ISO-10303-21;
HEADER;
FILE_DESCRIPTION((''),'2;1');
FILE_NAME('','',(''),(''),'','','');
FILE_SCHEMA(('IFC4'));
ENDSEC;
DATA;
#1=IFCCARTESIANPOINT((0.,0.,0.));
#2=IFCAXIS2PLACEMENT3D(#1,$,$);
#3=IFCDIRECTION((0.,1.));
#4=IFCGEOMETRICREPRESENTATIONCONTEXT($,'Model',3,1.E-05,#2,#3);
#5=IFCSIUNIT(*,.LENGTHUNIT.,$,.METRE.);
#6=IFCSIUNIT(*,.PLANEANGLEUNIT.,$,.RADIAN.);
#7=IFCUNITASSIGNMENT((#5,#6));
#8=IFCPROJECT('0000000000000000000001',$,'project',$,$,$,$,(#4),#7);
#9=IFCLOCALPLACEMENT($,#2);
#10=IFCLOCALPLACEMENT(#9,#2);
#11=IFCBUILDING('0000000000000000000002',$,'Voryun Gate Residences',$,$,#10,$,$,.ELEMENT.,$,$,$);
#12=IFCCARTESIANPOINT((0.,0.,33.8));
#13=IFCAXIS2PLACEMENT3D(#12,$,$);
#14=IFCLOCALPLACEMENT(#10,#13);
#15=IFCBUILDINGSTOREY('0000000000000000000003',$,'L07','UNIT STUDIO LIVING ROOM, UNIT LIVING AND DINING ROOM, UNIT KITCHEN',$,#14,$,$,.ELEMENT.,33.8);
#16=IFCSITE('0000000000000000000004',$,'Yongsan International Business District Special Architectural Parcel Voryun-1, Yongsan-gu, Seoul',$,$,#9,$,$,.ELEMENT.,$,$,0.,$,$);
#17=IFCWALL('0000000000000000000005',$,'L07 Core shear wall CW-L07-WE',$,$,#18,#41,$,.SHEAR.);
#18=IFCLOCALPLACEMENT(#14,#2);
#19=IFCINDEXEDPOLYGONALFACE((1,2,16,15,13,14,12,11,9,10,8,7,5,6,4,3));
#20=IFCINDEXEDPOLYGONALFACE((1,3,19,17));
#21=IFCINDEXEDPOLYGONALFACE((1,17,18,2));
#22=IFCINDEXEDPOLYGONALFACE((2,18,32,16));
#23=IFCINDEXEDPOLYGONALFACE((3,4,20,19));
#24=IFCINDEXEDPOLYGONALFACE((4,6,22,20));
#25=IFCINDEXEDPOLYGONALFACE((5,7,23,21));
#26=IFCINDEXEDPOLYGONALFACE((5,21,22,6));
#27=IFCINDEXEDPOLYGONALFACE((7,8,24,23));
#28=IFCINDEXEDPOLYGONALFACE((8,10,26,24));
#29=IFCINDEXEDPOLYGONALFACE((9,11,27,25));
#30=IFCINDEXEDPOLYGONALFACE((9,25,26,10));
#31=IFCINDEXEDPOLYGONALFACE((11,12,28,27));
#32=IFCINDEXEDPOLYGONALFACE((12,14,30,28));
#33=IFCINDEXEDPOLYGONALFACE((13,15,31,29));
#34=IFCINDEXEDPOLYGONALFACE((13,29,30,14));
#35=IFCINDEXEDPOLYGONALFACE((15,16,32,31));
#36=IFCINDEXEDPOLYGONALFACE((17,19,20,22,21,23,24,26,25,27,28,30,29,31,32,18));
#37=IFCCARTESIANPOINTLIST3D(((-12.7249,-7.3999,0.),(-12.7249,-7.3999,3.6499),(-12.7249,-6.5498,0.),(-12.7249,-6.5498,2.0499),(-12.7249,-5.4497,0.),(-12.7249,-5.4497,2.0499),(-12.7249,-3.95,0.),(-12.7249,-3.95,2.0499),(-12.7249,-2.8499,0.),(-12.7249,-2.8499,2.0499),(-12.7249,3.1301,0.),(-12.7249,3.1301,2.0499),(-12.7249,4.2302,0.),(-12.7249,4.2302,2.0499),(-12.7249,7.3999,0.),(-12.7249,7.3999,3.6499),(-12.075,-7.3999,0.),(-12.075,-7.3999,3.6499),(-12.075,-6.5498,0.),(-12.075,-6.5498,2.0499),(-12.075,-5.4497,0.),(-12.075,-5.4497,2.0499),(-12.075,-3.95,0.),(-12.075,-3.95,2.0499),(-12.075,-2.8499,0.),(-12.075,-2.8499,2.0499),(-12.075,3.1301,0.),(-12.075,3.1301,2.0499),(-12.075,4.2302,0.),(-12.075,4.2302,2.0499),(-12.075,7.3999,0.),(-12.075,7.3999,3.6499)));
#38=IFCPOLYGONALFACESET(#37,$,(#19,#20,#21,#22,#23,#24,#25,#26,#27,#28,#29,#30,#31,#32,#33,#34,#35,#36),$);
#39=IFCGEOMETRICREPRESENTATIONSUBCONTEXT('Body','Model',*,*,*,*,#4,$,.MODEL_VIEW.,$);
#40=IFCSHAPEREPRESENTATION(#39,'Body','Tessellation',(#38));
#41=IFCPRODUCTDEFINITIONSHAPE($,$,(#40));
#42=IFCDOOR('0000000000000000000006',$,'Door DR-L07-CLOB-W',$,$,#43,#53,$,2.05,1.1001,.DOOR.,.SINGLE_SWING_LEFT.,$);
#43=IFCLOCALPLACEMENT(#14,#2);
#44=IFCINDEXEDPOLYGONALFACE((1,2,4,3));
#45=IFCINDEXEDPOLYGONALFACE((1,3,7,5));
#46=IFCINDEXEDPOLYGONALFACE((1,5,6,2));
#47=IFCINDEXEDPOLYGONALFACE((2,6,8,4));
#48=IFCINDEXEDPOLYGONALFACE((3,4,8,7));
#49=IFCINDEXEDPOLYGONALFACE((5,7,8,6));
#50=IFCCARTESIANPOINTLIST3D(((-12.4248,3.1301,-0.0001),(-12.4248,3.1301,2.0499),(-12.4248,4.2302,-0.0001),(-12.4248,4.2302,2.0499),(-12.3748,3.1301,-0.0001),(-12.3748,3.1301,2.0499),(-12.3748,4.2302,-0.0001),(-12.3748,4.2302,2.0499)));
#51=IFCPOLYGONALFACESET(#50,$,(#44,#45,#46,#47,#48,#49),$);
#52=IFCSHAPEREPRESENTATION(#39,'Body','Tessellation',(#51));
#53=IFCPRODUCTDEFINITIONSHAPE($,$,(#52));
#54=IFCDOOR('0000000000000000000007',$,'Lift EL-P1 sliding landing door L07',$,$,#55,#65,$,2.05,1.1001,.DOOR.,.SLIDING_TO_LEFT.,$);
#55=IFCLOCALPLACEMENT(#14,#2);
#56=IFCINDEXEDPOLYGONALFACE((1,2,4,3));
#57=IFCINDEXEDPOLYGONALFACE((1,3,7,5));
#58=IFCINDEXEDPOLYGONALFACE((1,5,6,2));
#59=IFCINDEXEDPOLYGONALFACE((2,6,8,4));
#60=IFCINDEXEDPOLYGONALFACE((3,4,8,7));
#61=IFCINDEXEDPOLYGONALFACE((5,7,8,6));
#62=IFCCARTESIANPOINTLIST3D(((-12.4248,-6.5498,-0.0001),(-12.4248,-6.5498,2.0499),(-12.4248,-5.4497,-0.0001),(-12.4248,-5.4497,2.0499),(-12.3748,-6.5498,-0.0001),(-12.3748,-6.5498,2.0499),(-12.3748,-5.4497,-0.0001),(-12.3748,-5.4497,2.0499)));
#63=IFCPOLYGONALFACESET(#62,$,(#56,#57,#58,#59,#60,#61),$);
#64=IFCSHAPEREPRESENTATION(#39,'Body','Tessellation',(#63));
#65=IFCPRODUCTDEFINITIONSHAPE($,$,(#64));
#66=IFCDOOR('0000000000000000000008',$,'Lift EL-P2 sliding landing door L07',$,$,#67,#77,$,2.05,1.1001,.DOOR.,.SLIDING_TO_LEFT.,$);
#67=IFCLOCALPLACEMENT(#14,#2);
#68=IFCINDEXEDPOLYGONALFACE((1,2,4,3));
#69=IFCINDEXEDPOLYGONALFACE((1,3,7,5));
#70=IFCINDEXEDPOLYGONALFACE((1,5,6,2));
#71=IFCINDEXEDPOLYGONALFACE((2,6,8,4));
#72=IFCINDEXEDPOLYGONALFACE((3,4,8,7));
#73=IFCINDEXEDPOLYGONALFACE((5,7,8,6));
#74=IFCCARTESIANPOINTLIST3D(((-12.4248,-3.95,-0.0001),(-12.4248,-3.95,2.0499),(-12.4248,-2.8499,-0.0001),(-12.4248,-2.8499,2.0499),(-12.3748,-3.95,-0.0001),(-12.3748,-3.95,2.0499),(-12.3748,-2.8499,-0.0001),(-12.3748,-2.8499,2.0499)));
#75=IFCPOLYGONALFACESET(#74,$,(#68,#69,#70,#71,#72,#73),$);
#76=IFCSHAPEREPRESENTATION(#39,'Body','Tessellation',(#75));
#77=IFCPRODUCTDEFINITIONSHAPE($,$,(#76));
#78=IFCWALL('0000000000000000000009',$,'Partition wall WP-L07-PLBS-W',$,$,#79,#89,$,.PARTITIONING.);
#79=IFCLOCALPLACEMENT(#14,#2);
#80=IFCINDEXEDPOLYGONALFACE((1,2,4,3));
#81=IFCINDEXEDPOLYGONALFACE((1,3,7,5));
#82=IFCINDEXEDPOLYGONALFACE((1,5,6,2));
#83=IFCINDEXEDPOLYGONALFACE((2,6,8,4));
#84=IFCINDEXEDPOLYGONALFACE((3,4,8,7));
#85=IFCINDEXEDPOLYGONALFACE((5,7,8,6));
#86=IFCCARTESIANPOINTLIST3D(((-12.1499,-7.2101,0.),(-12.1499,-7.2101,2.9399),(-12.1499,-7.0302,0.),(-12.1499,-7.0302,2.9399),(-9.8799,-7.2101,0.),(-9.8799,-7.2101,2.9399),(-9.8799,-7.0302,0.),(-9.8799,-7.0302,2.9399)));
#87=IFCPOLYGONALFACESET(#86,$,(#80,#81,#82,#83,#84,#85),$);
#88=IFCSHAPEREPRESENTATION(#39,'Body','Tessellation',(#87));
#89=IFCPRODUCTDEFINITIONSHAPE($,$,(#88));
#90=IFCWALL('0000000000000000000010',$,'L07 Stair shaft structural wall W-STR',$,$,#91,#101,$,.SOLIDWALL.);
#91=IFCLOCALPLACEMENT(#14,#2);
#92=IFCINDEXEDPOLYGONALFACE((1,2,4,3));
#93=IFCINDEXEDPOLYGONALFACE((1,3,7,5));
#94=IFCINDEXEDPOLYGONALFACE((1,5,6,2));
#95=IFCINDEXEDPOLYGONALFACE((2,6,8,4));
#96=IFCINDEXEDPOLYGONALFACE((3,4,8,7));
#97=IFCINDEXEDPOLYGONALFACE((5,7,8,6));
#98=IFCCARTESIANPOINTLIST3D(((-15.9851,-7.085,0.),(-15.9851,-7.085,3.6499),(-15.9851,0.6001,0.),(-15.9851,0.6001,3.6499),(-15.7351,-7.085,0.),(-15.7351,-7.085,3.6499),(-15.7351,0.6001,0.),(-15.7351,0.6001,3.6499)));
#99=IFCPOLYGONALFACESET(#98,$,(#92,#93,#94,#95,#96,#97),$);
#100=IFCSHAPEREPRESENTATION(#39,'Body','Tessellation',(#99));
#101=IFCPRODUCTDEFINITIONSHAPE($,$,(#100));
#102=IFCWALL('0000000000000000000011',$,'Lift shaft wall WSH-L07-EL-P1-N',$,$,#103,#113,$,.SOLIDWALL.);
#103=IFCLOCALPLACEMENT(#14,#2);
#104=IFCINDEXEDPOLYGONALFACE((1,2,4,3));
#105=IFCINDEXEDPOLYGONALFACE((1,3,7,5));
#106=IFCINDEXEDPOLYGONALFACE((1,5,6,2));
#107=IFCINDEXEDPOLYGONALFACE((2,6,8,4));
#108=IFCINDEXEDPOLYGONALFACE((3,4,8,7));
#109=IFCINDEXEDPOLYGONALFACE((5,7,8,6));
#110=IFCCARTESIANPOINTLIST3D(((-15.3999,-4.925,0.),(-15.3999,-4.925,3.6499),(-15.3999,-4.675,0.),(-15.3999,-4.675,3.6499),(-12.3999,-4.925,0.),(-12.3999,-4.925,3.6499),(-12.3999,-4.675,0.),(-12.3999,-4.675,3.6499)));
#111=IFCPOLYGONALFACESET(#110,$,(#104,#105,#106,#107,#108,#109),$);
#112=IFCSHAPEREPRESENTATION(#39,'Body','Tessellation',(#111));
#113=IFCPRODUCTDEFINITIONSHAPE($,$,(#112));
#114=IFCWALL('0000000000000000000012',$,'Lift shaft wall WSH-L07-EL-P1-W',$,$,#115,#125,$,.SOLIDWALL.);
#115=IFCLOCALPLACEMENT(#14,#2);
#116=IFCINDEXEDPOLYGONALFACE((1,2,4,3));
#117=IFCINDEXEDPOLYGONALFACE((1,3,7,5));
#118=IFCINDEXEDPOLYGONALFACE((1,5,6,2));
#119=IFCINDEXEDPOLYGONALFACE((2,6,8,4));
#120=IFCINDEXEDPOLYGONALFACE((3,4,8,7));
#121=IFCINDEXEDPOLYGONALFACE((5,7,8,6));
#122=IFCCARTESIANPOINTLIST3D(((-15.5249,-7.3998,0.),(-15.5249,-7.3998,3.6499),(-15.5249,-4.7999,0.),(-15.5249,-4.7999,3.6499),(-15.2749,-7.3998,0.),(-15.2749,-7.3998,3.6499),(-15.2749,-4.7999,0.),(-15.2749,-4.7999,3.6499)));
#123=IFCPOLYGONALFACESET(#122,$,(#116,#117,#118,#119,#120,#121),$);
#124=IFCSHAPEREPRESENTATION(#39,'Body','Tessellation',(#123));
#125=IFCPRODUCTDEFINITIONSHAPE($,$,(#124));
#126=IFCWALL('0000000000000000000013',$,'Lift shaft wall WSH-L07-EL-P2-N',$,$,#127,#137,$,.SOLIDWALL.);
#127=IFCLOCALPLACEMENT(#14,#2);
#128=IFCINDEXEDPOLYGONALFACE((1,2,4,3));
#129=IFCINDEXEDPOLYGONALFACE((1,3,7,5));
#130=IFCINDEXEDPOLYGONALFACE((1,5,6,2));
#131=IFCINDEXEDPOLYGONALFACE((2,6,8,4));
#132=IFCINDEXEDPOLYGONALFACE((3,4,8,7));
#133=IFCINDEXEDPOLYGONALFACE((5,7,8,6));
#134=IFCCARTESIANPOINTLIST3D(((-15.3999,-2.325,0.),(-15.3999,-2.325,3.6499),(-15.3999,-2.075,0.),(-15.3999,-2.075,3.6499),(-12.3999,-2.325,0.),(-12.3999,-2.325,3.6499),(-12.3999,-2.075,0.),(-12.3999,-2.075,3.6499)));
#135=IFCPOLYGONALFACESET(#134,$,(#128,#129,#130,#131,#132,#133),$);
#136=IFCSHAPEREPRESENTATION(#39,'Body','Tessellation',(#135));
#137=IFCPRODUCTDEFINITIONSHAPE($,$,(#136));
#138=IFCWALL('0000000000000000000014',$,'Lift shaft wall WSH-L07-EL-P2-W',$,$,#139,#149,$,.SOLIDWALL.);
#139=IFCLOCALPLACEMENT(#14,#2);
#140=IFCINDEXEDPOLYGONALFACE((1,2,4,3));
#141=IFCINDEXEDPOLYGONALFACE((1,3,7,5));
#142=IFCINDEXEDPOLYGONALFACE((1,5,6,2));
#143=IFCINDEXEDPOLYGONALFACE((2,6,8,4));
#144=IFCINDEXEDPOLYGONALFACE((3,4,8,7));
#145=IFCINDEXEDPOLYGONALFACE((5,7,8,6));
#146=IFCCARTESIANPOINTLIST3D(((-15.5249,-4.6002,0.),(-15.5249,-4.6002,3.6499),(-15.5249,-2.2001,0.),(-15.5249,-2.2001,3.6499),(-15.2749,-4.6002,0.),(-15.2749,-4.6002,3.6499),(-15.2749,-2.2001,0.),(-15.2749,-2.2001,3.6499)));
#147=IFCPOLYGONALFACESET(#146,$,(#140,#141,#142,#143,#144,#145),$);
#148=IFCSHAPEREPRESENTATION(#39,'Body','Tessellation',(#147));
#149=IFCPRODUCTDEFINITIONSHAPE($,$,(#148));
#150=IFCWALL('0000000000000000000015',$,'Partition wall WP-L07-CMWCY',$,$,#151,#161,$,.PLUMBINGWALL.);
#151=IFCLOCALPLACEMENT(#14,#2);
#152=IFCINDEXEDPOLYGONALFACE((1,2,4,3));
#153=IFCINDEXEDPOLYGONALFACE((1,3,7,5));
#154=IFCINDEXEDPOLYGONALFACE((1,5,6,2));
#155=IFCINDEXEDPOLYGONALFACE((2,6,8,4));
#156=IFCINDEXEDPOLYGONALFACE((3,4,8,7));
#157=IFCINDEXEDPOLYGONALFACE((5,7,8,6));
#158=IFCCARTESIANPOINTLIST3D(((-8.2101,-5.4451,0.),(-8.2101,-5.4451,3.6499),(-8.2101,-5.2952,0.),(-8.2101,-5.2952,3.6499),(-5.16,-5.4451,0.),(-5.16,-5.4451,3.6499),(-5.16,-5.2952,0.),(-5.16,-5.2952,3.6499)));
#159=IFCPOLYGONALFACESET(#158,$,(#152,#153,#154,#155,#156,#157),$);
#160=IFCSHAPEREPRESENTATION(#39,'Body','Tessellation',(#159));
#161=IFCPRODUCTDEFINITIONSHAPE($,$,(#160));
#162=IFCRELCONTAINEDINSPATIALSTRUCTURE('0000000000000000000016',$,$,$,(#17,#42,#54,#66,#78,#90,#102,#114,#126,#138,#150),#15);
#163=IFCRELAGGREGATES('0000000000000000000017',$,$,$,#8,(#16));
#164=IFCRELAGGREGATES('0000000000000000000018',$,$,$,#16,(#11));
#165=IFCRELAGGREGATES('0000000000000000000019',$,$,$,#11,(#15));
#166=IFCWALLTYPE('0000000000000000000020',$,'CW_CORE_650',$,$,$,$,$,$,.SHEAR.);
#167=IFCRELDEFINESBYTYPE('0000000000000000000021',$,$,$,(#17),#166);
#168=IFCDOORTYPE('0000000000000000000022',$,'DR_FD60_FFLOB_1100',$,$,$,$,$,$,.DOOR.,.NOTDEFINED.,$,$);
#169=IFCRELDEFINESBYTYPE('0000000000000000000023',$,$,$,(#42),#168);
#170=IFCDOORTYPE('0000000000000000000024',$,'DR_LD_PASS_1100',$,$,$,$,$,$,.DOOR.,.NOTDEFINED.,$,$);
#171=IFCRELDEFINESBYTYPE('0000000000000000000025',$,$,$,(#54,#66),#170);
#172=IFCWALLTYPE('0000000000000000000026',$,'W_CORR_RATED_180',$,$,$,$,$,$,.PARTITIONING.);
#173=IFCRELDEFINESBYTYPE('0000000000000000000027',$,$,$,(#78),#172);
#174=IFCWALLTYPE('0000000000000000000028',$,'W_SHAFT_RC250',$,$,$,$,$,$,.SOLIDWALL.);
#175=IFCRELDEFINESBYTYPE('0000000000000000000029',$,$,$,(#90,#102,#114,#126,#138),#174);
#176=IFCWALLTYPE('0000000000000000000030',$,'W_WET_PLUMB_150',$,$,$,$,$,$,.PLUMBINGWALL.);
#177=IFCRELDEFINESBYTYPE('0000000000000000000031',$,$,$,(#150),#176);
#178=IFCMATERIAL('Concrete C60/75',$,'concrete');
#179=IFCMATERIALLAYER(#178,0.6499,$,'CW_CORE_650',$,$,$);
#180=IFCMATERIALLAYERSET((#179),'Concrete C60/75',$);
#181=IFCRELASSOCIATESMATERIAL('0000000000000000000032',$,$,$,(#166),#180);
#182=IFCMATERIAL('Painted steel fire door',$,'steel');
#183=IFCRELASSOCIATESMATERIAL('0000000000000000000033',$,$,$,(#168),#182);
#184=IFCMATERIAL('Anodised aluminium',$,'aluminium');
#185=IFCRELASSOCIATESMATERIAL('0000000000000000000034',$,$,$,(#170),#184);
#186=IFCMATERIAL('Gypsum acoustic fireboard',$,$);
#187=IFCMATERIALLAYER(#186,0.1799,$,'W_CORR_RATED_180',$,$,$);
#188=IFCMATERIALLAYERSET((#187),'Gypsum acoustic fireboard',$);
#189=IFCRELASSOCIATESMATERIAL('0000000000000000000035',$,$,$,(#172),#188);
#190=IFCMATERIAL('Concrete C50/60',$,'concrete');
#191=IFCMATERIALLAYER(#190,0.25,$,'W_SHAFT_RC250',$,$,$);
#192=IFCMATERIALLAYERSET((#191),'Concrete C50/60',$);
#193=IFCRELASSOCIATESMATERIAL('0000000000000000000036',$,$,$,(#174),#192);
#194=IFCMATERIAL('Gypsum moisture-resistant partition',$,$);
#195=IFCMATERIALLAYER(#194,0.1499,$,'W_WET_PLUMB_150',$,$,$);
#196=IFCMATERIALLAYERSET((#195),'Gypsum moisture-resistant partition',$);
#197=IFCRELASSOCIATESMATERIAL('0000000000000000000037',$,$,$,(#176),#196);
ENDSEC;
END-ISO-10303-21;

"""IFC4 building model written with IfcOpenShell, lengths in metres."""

from ifc_helpers import new_model, si_unit, direction, frame, frame_2d, origin, place, context, subcontext, project, spatial, rectangle, extrude, material, layer, layer_set, type_object, element, fill, save


model = new_model("IFC4")

# Units and contexts
model_context = context("Model", 3, precision=1e-05, world=origin(), true_north=direction((0.0, 1.0)))
body_context = subcontext(model_context, "Body", "Model", "MODEL_VIEW")
ifc_project = project(units=[si_unit("LENGTHUNIT", "METRE"), si_unit("PLANEANGLEUNIT", "RADIAN")], contexts=[model_context])

# Site, building, storey
site_placement = place(None, origin())
site = spatial("IfcSite", under=ifc_project, at=site_placement, Name="Yongsan International Business District Special Architectural Parcel Voryun-1, Yongsan-gu, Seoul", CompositionType="ELEMENT", RefElevation=0.0)
building_placement = place(site_placement, origin())
building = spatial("IfcBuilding", under=site, at=building_placement, Name="Voryun Gate Residences", CompositionType="ELEMENT")
storey_placement = place(building_placement, frame((0.0, 0.0, 33.8)))
storey = spatial("IfcBuildingStorey", under=building, at=storey_placement, Name="L07", Description="UNIT STUDIO LIVING ROOM, UNIT LIVING AND DINING ROOM, UNIT KITCHEN", CompositionType="ELEMENT", Elevation=33.8)

# Wall, openings, doors
ifc_material_1 = material(Name="Concrete C60/75", Category="concrete")
ifc_layer_1 = layer(ifc_material_1, 0.6499, Name="CW_CORE_650")
ifc_layer_set_1 = layer_set([ifc_layer_1], Name="Concrete C60/75")
wall_type_1 = type_object("IfcWallType", Name="CW_CORE_650", PredefinedType="SHEAR", material=ifc_layer_set_1)
wall_1_placement = place(storey_placement, frame((-12.3999, -7.3999, 0.0), z_axis=(0.0, 0.0, 1.0), x_axis=(0.0, 1.0, 0.0)))
wall_1 = element("IfcWall", 1, at=wall_1_placement, inside=storey, type_object=wall_type_1, Name="L07 Core shear wall CW-L07-WE", PredefinedType="SHEAR", context=body_context, shape_type="SweptSolid", body=[
    extrude(rectangle(XDim=14.7998, YDim=0.6499, at=frame_2d((7.3999, 0.0))), origin(), (0.0, 0.0, 1.0), 3.6499),
])
opening_1_placement = place(wall_1_placement, frame((0.8501, 0.0, 0.0)))
opening_1 = element("IfcOpeningElement", 2, at=opening_1_placement, cuts=wall_1, PredefinedType="OPENING", context=body_context, shape_type="SweptSolid", body=[
    extrude(rectangle(XDim=1.1001, YDim=2.05, at=frame_2d((0.55, 1.0249))), frame((0.0, 0.335, 0.0), z_axis=(0.0, -1.0, 0.0), x_axis=(1.0, 0.0, 0.0)), (0.0, 0.0, 1.0), 0.6699),
])
opening_2_placement = place(wall_1_placement, frame((3.45, 0.0, 0.0)))
opening_2 = element("IfcOpeningElement", 3, at=opening_2_placement, cuts=wall_1, PredefinedType="OPENING", context=body_context, shape_type="SweptSolid", body=[
    extrude(rectangle(XDim=1.1001, YDim=2.05, at=frame_2d((0.55, 1.0249))), frame((0.0, 0.335, 0.0), z_axis=(0.0, -1.0, 0.0), x_axis=(1.0, 0.0, 0.0)), (0.0, 0.0, 1.0), 0.6699),
])
opening_3_placement = place(wall_1_placement, frame((10.53, 0.0, 0.0)))
opening_3 = element("IfcOpeningElement", 4, at=opening_3_placement, cuts=wall_1, PredefinedType="OPENING", context=body_context, shape_type="SweptSolid", body=[
    extrude(rectangle(XDim=1.1001, YDim=2.05, at=frame_2d((0.55, 1.0249))), frame((0.0, 0.335, 0.0), z_axis=(0.0, -1.0, 0.0), x_axis=(1.0, 0.0, 0.0)), (0.0, 0.0, 1.0), 0.6699),
])
ifc_material_2 = material(Name="Painted steel fire door", Category="steel")
door_type_1 = type_object("IfcDoorType", Name="DR_FD60_FFLOB_1100", OperationType="NOTDEFINED", PredefinedType="DOOR", material=ifc_material_2)
door_1_placement = place(opening_3_placement, origin())
door_1 = element("IfcDoor", 5, at=door_1_placement, inside=storey, type_object=door_type_1, Name="Door DR-L07-CLOB-W", OperationType="SINGLE_SWING_LEFT", OverallHeight=2.05, OverallWidth=1.1001, PredefinedType="DOOR", context=body_context, shape_type="SweptSolid", body=[
    extrude(rectangle(XDim=1.1001, YDim=2.05, at=frame_2d((0.55, 1.0249))), frame((0.0, 0.0249, 0.0), z_axis=(0.0, -1.0, 0.0), x_axis=(1.0, 0.0, 0.0)), (0.0, 0.0, 1.0), 0.05),
])
fill(opening_3, door_1)
ifc_material_3 = material(Name="Anodised aluminium", Category="aluminium")
door_type_2 = type_object("IfcDoorType", Name="DR_LD_PASS_1100", OperationType="NOTDEFINED", PredefinedType="DOOR", material=ifc_material_3)
door_2_placement = place(opening_1_placement, origin())
door_2 = element("IfcDoor", 6, at=door_2_placement, inside=storey, type_object=door_type_2, Name="Lift EL-P1 sliding landing door L07", OperationType="SLIDING_TO_LEFT", OverallHeight=2.05, OverallWidth=1.1001, PredefinedType="DOOR", context=body_context, shape_type="SweptSolid", body=[
    extrude(rectangle(XDim=1.1001, YDim=2.05, at=frame_2d((0.55, 1.0249))), frame((0.0, 0.0249, 0.0), z_axis=(0.0, -1.0, 0.0), x_axis=(1.0, 0.0, 0.0)), (0.0, 0.0, 1.0), 0.05),
])
fill(opening_1, door_2)
door_3_placement = place(opening_2_placement, origin())
door_3 = element("IfcDoor", 7, at=door_3_placement, inside=storey, type_object=door_type_2, Name="Lift EL-P2 sliding landing door L07", OperationType="SLIDING_TO_LEFT", OverallHeight=2.05, OverallWidth=1.1001, PredefinedType="DOOR", context=body_context, shape_type="SweptSolid", body=[
    extrude(rectangle(XDim=1.1001, YDim=2.05, at=frame_2d((0.55, 1.0249))), frame((0.0, 0.0249, 0.0), z_axis=(0.0, -1.0, 0.0), x_axis=(1.0, 0.0, 0.0)), (0.0, 0.0, 1.0), 0.05),
])
fill(opening_2, door_3)

# Walls
ifc_material_4 = material(Name="Gypsum acoustic fireboard")
ifc_layer_2 = layer(ifc_material_4, 0.1799, Name="W_CORR_RATED_180")
ifc_layer_set_2 = layer_set([ifc_layer_2], Name="Gypsum acoustic fireboard")
wall_type_2 = type_object("IfcWallType", Name="W_CORR_RATED_180", PredefinedType="PARTITIONING", material=ifc_layer_set_2)
wall_2_placement = place(storey_placement, frame((-12.1499, -7.1201, 0.0), z_axis=(0.0, 0.0, 1.0), x_axis=(1.0, 0.0, 0.0)))
element("IfcWall", 8, at=wall_2_placement, inside=storey, type_object=wall_type_2, Name="Partition wall WP-L07-PLBS-W", PredefinedType="PARTITIONING", context=body_context, shape_type="SweptSolid", body=[
    extrude(rectangle(XDim=2.27, YDim=0.1799, at=frame_2d((1.135, 0.0))), origin(), (0.0, 0.0, 1.0), 2.9399),
])
ifc_material_5 = material(Name="Concrete C50/60", Category="concrete")
ifc_layer_3 = layer(ifc_material_5, 0.25, Name="W_SHAFT_RC250")
ifc_layer_set_3 = layer_set([ifc_layer_3], Name="Concrete C50/60")
wall_type_3 = type_object("IfcWallType", Name="W_SHAFT_RC250", PredefinedType="SOLIDWALL", material=ifc_layer_set_3)
wall_3_placement = place(storey_placement, frame((-15.8601, -7.085, 0.0), z_axis=(0.0, 0.0, 1.0), x_axis=(0.0, 1.0, 0.0)))
element("IfcWall", 9, at=wall_3_placement, inside=storey, type_object=wall_type_3, Name="L07 Stair shaft structural wall W-STR", PredefinedType="SOLIDWALL", context=body_context, shape_type="SweptSolid", body=[
    extrude(rectangle(XDim=7.6851, YDim=0.25, at=frame_2d((3.8425, 0.0))), origin(), (0.0, 0.0, 1.0), 3.6499),
])
wall_4_placement = place(storey_placement, frame((-12.3999, -4.8, 0.0), z_axis=(0.0, 0.0, 1.0), x_axis=(-1.0, 0.0, 0.0)))
element("IfcWall", 10, at=wall_4_placement, inside=storey, type_object=wall_type_3, Name="Lift shaft wall WSH-L07-EL-P1-N", PredefinedType="SOLIDWALL", context=body_context, shape_type="SweptSolid", body=[
    extrude(rectangle(XDim=3.0, YDim=0.25, at=frame_2d((1.5, 0.0))), origin(), (0.0, 0.0, 1.0), 3.6499),
])
wall_5_placement = place(storey_placement, frame((-15.3999, -4.8, 0.0), z_axis=(0.0, 0.0, 1.0), x_axis=(0.0, -1.0, 0.0)))
element("IfcWall", 11, at=wall_5_placement, inside=storey, type_object=wall_type_3, Name="Lift shaft wall WSH-L07-EL-P1-W", PredefinedType="SOLIDWALL", context=body_context, shape_type="SweptSolid", body=[
    extrude(rectangle(XDim=2.5999, YDim=0.25, at=frame_2d((1.2998, 0.0))), origin(), (0.0, 0.0, 1.0), 3.6499),
])
wall_6_placement = place(storey_placement, frame((-12.3999, -2.2, 0.0), z_axis=(0.0, 0.0, 1.0), x_axis=(-1.0, 0.0, 0.0)))
element("IfcWall", 12, at=wall_6_placement, inside=storey, type_object=wall_type_3, Name="Lift shaft wall WSH-L07-EL-P2-N", PredefinedType="SOLIDWALL", context=body_context, shape_type="SweptSolid", body=[
    extrude(rectangle(XDim=3.0, YDim=0.25, at=frame_2d((1.5, 0.0))), origin(), (0.0, 0.0, 1.0), 3.6499),
])
wall_7_placement = place(storey_placement, frame((-15.3999, -2.2, 0.0), z_axis=(0.0, 0.0, 1.0), x_axis=(0.0, -1.0, 0.0)))
element("IfcWall", 13, at=wall_7_placement, inside=storey, type_object=wall_type_3, Name="Lift shaft wall WSH-L07-EL-P2-W", PredefinedType="SOLIDWALL", context=body_context, shape_type="SweptSolid", body=[
    extrude(rectangle(XDim=2.4001, YDim=0.25, at=frame_2d((1.2002, 0.0))), origin(), (0.0, 0.0, 1.0), 3.6499),
])
ifc_material_6 = material(Name="Gypsum moisture-resistant partition")
ifc_layer_4 = layer(ifc_material_6, 0.1499, Name="W_WET_PLUMB_150")
ifc_layer_set_4 = layer_set([ifc_layer_4], Name="Gypsum moisture-resistant partition")
wall_type_4 = type_object("IfcWallType", Name="W_WET_PLUMB_150", PredefinedType="PLUMBINGWALL", material=ifc_layer_set_4)
wall_8_placement = place(storey_placement, frame((-8.21, -5.3701, 0.0), z_axis=(0.0, 0.0, 1.0), x_axis=(1.0, 0.0, 0.0)))
element("IfcWall", 14, at=wall_8_placement, inside=storey, type_object=wall_type_4, Name="Partition wall WP-L07-CMWCY", PredefinedType="PLUMBINGWALL", context=body_context, shape_type="SweptSolid", body=[
    extrude(rectangle(XDim=3.05, YDim=0.1499, at=frame_2d((1.5249, 0.0))), origin(), (0.0, 0.0, 1.0), 3.6499),
])

save(model, "model.ifc")
